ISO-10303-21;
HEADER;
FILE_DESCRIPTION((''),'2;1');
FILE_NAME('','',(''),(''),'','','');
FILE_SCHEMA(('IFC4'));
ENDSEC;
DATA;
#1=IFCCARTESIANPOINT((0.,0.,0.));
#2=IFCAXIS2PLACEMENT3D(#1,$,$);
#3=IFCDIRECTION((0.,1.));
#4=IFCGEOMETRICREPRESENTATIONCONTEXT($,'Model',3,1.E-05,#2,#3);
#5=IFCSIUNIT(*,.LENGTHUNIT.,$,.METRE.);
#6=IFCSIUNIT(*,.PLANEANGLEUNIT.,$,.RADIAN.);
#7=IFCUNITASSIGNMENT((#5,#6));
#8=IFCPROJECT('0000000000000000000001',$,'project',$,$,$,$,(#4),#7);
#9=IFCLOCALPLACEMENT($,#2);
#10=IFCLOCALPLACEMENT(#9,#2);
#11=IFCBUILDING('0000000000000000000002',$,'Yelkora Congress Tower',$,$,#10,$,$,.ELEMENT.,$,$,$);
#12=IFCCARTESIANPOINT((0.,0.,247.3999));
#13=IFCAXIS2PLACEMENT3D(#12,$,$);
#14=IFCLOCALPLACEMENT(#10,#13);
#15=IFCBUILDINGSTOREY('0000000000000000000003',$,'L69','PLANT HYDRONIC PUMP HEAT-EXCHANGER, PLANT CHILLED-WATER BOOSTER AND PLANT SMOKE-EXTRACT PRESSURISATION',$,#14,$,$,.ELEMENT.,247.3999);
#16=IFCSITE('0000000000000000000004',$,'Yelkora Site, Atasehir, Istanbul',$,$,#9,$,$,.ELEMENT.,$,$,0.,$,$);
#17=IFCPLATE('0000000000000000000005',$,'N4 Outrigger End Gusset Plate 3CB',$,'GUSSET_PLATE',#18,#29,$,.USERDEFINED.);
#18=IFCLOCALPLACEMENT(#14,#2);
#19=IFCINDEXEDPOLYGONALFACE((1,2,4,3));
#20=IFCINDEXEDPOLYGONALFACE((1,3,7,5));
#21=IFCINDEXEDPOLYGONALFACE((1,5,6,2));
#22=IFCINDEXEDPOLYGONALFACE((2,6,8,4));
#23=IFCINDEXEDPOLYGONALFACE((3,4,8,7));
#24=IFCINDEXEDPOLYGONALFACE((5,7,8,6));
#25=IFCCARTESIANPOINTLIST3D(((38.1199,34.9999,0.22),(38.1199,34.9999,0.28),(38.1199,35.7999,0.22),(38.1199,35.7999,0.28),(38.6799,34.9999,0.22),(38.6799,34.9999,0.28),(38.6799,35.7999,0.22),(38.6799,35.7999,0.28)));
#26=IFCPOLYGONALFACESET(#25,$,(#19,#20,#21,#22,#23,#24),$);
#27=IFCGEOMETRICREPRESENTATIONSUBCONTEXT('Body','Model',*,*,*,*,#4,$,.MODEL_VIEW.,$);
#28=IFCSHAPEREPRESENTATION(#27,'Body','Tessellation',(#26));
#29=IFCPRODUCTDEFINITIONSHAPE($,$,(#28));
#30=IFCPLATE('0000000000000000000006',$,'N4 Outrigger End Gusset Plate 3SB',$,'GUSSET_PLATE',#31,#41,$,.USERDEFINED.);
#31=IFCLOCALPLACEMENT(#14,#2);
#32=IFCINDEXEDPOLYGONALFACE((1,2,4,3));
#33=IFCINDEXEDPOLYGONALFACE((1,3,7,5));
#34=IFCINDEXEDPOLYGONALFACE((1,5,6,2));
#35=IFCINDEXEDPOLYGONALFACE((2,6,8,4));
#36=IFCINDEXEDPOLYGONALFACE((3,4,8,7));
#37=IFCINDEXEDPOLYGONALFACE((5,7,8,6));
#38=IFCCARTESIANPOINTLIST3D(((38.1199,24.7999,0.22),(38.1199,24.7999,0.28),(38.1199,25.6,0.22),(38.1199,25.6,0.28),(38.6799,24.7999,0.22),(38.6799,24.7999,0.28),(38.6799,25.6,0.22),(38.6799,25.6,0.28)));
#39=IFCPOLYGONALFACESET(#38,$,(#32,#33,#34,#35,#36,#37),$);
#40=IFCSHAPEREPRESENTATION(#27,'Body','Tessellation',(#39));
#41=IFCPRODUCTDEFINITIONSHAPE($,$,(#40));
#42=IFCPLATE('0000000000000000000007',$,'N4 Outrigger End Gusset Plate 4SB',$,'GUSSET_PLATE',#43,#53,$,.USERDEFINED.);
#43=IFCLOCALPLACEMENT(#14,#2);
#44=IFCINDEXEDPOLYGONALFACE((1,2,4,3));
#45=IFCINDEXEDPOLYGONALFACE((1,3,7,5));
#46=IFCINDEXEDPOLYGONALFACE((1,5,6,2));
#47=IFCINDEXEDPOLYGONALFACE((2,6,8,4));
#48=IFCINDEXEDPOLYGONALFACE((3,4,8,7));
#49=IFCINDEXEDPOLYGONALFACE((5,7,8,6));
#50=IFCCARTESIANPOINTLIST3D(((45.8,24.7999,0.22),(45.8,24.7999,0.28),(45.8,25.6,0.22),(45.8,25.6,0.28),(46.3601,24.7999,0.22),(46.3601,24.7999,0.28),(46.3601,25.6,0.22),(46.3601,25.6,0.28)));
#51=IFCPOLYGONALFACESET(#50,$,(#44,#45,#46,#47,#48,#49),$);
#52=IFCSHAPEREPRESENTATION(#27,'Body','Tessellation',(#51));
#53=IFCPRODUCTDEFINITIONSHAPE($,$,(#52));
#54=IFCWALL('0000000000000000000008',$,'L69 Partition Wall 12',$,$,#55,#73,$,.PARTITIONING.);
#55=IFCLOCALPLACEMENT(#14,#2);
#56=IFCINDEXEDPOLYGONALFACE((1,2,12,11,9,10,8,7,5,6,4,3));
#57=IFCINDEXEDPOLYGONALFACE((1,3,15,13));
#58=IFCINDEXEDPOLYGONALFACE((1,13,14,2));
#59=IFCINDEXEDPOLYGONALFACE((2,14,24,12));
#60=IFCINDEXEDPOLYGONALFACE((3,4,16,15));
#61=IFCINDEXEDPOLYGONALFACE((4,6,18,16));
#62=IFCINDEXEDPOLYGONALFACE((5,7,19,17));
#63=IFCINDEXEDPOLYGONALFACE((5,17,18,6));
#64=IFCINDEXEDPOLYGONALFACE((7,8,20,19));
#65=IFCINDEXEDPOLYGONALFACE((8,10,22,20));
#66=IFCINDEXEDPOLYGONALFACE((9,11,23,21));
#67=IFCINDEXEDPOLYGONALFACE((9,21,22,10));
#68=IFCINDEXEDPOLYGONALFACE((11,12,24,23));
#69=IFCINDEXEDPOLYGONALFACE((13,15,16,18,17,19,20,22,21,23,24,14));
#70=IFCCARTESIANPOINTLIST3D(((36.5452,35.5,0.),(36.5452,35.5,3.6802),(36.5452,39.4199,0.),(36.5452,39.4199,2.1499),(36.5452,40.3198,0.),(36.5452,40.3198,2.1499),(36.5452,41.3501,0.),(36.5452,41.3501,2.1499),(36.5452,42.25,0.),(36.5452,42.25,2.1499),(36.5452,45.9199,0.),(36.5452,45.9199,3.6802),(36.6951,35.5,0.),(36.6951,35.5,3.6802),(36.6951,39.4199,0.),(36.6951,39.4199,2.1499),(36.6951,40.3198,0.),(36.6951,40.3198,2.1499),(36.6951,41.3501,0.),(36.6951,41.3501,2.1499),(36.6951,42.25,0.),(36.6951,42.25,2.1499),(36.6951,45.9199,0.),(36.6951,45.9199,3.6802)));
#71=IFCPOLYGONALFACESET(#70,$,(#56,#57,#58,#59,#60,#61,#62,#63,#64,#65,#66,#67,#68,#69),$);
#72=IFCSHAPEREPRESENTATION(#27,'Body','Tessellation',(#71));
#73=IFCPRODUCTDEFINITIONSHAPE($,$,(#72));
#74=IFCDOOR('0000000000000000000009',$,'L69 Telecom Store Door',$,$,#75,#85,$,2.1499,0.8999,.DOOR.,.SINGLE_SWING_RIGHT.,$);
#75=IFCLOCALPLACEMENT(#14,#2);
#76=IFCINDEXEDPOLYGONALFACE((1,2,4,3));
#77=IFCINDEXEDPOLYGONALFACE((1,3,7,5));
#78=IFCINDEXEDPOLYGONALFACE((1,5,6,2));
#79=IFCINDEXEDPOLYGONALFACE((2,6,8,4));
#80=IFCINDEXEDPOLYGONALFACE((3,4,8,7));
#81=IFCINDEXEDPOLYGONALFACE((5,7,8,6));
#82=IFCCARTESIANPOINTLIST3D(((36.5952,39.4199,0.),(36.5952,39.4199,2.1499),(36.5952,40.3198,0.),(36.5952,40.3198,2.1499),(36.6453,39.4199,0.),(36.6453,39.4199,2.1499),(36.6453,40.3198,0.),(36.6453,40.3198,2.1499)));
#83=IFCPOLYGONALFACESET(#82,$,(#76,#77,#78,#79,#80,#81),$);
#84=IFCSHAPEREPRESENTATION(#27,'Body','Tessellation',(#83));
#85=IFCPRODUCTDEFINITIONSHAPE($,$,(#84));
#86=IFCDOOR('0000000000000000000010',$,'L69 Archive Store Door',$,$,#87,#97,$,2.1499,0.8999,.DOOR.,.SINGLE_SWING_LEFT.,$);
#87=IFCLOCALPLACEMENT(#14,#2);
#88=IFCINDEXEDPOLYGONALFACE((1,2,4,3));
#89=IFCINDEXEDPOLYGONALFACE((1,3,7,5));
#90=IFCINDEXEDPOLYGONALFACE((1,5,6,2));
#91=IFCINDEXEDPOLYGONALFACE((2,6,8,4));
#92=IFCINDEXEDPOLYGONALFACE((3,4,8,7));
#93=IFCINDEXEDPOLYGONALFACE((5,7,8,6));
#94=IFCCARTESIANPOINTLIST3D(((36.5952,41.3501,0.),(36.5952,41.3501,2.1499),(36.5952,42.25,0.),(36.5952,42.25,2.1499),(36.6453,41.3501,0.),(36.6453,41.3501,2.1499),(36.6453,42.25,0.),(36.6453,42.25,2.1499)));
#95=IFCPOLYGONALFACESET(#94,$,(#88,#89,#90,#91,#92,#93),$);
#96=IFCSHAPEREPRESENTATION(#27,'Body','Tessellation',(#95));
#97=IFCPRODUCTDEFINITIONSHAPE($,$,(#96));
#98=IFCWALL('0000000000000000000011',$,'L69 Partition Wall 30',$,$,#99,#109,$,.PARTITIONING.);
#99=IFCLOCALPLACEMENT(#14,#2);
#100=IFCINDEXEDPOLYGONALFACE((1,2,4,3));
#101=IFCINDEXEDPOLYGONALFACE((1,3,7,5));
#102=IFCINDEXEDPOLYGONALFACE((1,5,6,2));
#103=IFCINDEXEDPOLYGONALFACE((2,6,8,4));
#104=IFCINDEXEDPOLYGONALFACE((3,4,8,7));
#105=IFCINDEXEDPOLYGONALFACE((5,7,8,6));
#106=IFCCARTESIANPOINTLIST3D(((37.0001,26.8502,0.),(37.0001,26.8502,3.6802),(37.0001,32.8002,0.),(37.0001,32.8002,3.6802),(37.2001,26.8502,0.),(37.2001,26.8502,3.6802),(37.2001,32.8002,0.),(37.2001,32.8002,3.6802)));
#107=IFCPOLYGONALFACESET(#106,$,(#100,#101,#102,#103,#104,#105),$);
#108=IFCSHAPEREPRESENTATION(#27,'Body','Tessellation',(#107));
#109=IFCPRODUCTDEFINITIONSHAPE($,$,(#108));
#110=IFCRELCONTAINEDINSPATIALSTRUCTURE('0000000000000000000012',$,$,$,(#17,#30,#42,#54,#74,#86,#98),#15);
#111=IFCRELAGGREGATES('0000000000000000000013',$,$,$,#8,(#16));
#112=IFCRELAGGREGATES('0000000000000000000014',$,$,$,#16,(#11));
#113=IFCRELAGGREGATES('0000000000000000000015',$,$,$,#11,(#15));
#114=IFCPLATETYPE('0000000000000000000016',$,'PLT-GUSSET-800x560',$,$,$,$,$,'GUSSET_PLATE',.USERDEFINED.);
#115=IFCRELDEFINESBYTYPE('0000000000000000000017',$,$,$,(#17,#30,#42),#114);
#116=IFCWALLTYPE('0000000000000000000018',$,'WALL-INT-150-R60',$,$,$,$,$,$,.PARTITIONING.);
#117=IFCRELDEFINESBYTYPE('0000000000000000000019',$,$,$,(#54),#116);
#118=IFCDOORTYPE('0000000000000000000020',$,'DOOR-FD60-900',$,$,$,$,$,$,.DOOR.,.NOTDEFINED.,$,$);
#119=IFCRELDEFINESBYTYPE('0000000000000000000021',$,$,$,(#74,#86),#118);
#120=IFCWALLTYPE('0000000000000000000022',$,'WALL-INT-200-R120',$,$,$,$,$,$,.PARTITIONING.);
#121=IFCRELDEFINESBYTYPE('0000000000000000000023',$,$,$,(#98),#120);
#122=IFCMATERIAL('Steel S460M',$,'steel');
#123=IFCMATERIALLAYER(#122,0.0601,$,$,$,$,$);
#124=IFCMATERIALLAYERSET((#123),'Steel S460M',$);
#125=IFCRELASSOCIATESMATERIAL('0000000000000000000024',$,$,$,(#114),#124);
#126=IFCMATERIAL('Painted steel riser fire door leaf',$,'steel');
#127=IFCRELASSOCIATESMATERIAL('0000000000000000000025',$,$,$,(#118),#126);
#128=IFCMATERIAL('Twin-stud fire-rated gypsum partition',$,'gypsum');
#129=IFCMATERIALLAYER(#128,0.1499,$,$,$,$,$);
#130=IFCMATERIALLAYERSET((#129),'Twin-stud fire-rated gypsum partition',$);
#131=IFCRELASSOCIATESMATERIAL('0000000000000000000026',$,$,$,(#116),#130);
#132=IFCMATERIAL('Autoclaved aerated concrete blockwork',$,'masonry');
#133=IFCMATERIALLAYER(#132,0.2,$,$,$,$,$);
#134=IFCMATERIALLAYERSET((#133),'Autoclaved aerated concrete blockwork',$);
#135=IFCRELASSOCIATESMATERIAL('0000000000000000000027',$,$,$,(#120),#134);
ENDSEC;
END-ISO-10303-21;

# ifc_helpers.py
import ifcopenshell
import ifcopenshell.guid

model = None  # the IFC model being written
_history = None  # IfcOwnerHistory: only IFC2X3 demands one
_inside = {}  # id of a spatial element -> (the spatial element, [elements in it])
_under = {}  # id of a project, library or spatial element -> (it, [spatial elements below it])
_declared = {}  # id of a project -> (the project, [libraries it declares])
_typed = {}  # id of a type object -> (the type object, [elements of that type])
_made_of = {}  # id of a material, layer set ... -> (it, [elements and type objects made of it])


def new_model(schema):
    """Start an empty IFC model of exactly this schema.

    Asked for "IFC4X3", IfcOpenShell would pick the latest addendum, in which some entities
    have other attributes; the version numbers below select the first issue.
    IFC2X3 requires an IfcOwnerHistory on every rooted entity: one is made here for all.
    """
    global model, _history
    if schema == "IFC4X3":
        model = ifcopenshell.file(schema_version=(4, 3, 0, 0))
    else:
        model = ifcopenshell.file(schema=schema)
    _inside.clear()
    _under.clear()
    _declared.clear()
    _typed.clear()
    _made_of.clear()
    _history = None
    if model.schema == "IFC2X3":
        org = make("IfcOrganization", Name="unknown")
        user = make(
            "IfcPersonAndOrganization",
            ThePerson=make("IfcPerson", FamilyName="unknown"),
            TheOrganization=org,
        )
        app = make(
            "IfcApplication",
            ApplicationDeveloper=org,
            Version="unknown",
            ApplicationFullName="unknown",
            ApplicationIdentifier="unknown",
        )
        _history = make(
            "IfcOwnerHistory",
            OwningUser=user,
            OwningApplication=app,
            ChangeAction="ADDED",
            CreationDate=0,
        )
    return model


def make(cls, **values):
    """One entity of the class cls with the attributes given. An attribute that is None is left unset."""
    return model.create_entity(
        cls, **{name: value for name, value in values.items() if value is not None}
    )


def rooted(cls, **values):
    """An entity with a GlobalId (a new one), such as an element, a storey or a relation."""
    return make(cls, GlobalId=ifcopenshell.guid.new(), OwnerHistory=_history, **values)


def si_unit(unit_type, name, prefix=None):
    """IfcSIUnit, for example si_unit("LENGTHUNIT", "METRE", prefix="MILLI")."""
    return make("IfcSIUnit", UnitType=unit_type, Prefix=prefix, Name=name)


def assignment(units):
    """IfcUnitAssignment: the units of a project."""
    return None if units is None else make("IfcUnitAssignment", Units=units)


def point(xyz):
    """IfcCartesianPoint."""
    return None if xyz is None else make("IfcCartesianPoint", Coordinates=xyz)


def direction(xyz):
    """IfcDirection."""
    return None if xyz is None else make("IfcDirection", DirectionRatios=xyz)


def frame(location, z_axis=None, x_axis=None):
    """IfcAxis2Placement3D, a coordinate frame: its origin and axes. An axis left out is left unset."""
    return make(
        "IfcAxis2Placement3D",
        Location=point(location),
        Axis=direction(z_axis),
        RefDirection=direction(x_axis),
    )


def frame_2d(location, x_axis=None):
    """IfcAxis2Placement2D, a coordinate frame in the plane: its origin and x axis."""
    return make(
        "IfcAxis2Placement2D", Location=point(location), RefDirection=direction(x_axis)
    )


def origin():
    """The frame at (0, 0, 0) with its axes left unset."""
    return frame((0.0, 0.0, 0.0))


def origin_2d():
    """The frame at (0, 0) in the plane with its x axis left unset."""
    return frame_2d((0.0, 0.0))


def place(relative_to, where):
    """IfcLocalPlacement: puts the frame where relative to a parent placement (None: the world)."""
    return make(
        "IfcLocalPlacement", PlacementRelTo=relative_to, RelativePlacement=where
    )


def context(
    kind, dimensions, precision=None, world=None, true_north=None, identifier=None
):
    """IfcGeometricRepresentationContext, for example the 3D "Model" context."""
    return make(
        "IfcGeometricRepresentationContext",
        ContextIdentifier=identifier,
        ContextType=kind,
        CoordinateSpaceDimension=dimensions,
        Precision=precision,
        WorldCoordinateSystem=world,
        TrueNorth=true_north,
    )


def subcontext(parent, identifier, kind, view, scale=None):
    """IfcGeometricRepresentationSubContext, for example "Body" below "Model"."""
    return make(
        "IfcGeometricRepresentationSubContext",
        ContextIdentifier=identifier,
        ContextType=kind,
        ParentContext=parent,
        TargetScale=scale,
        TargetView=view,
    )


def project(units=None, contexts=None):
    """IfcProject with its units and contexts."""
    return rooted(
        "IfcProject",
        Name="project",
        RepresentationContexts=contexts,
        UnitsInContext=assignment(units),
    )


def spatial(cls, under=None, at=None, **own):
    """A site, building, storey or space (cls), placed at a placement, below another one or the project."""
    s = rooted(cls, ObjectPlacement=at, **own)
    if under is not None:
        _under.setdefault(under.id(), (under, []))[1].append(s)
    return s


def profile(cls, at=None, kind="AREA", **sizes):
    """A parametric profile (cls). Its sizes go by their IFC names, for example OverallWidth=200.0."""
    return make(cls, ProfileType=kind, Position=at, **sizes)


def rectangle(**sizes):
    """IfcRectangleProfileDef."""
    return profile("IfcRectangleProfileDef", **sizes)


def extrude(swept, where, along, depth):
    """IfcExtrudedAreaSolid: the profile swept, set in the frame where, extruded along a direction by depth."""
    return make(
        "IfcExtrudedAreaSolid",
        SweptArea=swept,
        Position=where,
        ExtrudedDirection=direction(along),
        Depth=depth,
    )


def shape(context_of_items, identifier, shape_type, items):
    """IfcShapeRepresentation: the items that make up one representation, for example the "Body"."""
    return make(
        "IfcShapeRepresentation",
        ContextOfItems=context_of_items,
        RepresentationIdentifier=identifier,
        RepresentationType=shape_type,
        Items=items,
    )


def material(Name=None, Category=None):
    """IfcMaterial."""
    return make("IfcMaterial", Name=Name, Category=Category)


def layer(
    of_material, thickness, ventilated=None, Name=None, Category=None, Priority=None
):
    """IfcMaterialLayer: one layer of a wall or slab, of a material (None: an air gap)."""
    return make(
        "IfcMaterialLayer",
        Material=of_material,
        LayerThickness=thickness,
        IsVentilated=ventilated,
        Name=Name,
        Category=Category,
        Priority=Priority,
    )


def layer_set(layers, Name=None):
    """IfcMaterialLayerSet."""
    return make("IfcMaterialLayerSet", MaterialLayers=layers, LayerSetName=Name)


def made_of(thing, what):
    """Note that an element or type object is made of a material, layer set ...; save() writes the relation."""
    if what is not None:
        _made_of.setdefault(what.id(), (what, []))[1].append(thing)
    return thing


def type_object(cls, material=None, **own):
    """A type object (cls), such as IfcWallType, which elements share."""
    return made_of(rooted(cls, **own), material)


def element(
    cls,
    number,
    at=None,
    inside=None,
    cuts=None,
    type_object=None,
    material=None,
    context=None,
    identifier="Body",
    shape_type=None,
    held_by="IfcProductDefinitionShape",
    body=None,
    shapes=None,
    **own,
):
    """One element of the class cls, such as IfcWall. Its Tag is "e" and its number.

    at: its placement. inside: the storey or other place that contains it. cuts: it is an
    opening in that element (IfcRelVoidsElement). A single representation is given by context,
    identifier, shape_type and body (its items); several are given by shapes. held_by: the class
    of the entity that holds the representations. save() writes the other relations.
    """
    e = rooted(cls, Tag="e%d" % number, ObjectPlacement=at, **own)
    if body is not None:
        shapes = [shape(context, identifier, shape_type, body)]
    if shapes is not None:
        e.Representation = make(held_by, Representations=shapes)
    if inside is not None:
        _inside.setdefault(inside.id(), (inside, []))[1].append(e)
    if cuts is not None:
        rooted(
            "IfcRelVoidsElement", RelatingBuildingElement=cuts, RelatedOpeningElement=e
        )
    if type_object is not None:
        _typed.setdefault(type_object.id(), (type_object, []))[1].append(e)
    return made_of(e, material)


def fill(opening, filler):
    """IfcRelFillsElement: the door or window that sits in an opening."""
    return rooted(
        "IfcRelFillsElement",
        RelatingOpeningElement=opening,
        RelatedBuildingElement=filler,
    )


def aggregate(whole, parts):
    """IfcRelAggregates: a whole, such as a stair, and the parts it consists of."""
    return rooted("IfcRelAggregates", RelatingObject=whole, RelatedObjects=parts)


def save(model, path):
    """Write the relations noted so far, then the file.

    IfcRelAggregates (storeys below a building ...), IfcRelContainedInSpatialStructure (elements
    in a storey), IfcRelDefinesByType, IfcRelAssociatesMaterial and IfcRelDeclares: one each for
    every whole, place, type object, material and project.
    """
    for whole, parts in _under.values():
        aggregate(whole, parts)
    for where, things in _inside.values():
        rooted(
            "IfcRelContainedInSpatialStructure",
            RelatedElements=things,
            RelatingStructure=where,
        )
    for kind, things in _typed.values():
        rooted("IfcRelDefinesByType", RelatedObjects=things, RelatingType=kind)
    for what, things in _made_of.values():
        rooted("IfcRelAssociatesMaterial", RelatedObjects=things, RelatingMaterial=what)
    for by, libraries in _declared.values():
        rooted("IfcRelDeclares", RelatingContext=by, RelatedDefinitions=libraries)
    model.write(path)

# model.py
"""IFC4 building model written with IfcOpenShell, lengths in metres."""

from ifc_helpers import new_model, si_unit, direction, frame, frame_2d, origin, origin_2d, place, context, subcontext, project, spatial, rectangle, extrude, material, layer, layer_set, type_object, element, fill, save


model = new_model("IFC4")

# Units and contexts
model_context = context("Model", 3, precision=1e-05, world=origin(), true_north=direction((0.0, 1.0)))
body_context = subcontext(model_context, "Body", "Model", "MODEL_VIEW")
ifc_project = project(units=[si_unit("LENGTHUNIT", "METRE"), si_unit("PLANEANGLEUNIT", "RADIAN")], contexts=[model_context])

# Site, building, storey
site_placement = place(None, origin())
site = spatial("IfcSite", under=ifc_project, at=site_placement, Name="Yelkora Site, Atasehir, Istanbul", CompositionType="ELEMENT", RefElevation=0.0)
building_placement = place(site_placement, origin())
building = spatial("IfcBuilding", under=site, at=building_placement, Name="Yelkora Congress Tower", CompositionType="ELEMENT")
storey_placement = place(building_placement, frame((0.0, 0.0, 247.3999)))
storey = spatial("IfcBuildingStorey", under=building, at=storey_placement, Name="L69", Description="PLANT HYDRONIC PUMP HEAT-EXCHANGER, PLANT CHILLED-WATER BOOSTER AND PLANT SMOKE-EXTRACT PRESSURISATION", CompositionType="ELEMENT", Elevation=247.3999)

# Shared definitions
ifc_material_1 = material(Name="Steel S460M", Category="steel")

# Plates
ifc_layer_1 = layer(ifc_material_1, 0.0601)
ifc_layer_set_1 = layer_set([ifc_layer_1], Name="Steel S460M")
plate_type = type_object("IfcPlateType", Name="PLT-GUSSET-800x560", ElementType="GUSSET_PLATE", PredefinedType="USERDEFINED", material=ifc_layer_set_1)
for number, where, z_axis, x_axis, name in (
    (1, (38.3999, 35.3999, 0.22), (0.0, 0.0, 1.0), (0.0, 1.0, 0.0), "N4 Outrigger End Gusset Plate 3CB"),
    (2, (38.3999, 25.2, 0.22), (0.0, 0.0, 1.0), (0.0, 1.0, 0.0), "N4 Outrigger End Gusset Plate 3SB"),
    (3, (46.0801, 25.2, 0.22), (0.0, 0.0, 1.0), (0.0, 1.0, 0.0), "N4 Outrigger End Gusset Plate 4SB"),
):
    element("IfcPlate", number, at=place(storey_placement, frame(where, z_axis=z_axis, x_axis=x_axis)), inside=storey, type_object=plate_type, Name=name, ObjectType="GUSSET_PLATE", PredefinedType="USERDEFINED", context=body_context, shape_type="SweptSolid", body=[
        extrude(rectangle(XDim=0.8, YDim=0.5601, at=origin_2d()), origin(), (0.0, 0.0, 1.0), 0.0601),
    ])

# Shared definitions
ifc_material_2 = material(Name="Painted steel riser fire door leaf", Category="steel")
door_type = type_object("IfcDoorType", Name="DOOR-FD60-900", OperationType="NOTDEFINED", PredefinedType="DOOR", material=ifc_material_2)

# Wall, openings, doors
ifc_material_3 = material(Name="Twin-stud fire-rated gypsum partition", Category="gypsum")
ifc_layer_2 = layer(ifc_material_3, 0.1499)
ifc_layer_set_2 = layer_set([ifc_layer_2], Name="Twin-stud fire-rated gypsum partition")
wall_type_1 = type_object("IfcWallType", Name="WALL-INT-150-R60", PredefinedType="PARTITIONING", material=ifc_layer_set_2)
wall_1_placement = place(storey_placement, frame((36.6201, 35.5, 0.0), z_axis=(0.0, 0.0, 1.0), x_axis=(0.0, 1.0, 0.0)))
wall_1 = element("IfcWall", 4, at=wall_1_placement, inside=storey, type_object=wall_type_1, Name="L69 Partition Wall 12", PredefinedType="PARTITIONING", context=body_context, shape_type="SweptSolid", body=[
    extrude(rectangle(XDim=10.4199, YDim=0.1499, at=frame_2d((5.21, 0.0))), origin(), (0.0, 0.0, 1.0), 3.6802),
])
opening_1_placement = place(wall_1_placement, frame((3.9199, 0.0, 0.0)))
opening_1 = element("IfcOpeningElement", 5, at=opening_1_placement, cuts=wall_1, PredefinedType="OPENING", context=body_context, shape_type="SweptSolid", body=[
    extrude(rectangle(XDim=0.8999, YDim=2.1499, at=frame_2d((0.45, 1.075))), frame((0.0, 0.085, 0.0), z_axis=(0.0, -1.0, 0.0), x_axis=(1.0, 0.0, 0.0)), (0.0, 0.0, 1.0), 0.1699),
])
opening_2_placement = place(wall_1_placement, frame((5.8501, 0.0, 0.0)))
opening_2 = element("IfcOpeningElement", 6, at=opening_2_placement, cuts=wall_1, PredefinedType="OPENING", context=body_context, shape_type="SweptSolid", body=[
    extrude(rectangle(XDim=0.8999, YDim=2.1499, at=frame_2d((0.45, 1.075))), frame((0.0, 0.085, 0.0), z_axis=(0.0, -1.0, 0.0), x_axis=(1.0, 0.0, 0.0)), (0.0, 0.0, 1.0), 0.1699),
])
door_1_placement = place(opening_1_placement, origin())
door_1 = element("IfcDoor", 7, at=door_1_placement, inside=storey, type_object=door_type, Name="L69 Telecom Store Door", OperationType="SINGLE_SWING_RIGHT", OverallHeight=2.1499, OverallWidth=0.8999, PredefinedType="DOOR", context=body_context, shape_type="SweptSolid", body=[
    extrude(rectangle(XDim=0.8999, YDim=2.1499, at=frame_2d((0.45, 1.075))), frame((0.0, 0.0249, 0.0), z_axis=(0.0, -1.0, 0.0), x_axis=(1.0, 0.0, 0.0)), (0.0, 0.0, 1.0), 0.05),
])
fill(opening_1, door_1)
door_2_placement = place(opening_2_placement, origin())
door_2 = element("IfcDoor", 8, at=door_2_placement, inside=storey, type_object=door_type, Name="L69 Archive Store Door", OperationType="SINGLE_SWING_LEFT", OverallHeight=2.1499, OverallWidth=0.8999, PredefinedType="DOOR", context=body_context, shape_type="SweptSolid", body=[
    extrude(rectangle(XDim=0.8999, YDim=2.1499, at=frame_2d((0.45, 1.075))), frame((0.0, 0.0249, 0.0), z_axis=(0.0, -1.0, 0.0), x_axis=(1.0, 0.0, 0.0)), (0.0, 0.0, 1.0), 0.05),
])
fill(opening_2, door_2)

# Wall
ifc_material_4 = material(Name="Autoclaved aerated concrete blockwork", Category="masonry")
ifc_layer_3 = layer(ifc_material_4, 0.2)
ifc_layer_set_3 = layer_set([ifc_layer_3], Name="Autoclaved aerated concrete blockwork")
wall_type_2 = type_object("IfcWallType", Name="WALL-INT-200-R120", PredefinedType="PARTITIONING", material=ifc_layer_set_3)
wall_2_placement = place(storey_placement, frame((37.1001, 26.8501, 0.0), z_axis=(0.0, 0.0, 1.0), x_axis=(0.0, 1.0, 0.0)))
element("IfcWall", 9, at=wall_2_placement, inside=storey, type_object=wall_type_2, Name="L69 Partition Wall 30", PredefinedType="PARTITIONING", context=body_context, shape_type="SweptSolid", body=[
    extrude(rectangle(XDim=5.95, YDim=0.2, at=frame_2d((2.9751, 0.0))), origin(), (0.0, 0.0, 1.0), 3.6802),
])

save(model, "model.ifc")
